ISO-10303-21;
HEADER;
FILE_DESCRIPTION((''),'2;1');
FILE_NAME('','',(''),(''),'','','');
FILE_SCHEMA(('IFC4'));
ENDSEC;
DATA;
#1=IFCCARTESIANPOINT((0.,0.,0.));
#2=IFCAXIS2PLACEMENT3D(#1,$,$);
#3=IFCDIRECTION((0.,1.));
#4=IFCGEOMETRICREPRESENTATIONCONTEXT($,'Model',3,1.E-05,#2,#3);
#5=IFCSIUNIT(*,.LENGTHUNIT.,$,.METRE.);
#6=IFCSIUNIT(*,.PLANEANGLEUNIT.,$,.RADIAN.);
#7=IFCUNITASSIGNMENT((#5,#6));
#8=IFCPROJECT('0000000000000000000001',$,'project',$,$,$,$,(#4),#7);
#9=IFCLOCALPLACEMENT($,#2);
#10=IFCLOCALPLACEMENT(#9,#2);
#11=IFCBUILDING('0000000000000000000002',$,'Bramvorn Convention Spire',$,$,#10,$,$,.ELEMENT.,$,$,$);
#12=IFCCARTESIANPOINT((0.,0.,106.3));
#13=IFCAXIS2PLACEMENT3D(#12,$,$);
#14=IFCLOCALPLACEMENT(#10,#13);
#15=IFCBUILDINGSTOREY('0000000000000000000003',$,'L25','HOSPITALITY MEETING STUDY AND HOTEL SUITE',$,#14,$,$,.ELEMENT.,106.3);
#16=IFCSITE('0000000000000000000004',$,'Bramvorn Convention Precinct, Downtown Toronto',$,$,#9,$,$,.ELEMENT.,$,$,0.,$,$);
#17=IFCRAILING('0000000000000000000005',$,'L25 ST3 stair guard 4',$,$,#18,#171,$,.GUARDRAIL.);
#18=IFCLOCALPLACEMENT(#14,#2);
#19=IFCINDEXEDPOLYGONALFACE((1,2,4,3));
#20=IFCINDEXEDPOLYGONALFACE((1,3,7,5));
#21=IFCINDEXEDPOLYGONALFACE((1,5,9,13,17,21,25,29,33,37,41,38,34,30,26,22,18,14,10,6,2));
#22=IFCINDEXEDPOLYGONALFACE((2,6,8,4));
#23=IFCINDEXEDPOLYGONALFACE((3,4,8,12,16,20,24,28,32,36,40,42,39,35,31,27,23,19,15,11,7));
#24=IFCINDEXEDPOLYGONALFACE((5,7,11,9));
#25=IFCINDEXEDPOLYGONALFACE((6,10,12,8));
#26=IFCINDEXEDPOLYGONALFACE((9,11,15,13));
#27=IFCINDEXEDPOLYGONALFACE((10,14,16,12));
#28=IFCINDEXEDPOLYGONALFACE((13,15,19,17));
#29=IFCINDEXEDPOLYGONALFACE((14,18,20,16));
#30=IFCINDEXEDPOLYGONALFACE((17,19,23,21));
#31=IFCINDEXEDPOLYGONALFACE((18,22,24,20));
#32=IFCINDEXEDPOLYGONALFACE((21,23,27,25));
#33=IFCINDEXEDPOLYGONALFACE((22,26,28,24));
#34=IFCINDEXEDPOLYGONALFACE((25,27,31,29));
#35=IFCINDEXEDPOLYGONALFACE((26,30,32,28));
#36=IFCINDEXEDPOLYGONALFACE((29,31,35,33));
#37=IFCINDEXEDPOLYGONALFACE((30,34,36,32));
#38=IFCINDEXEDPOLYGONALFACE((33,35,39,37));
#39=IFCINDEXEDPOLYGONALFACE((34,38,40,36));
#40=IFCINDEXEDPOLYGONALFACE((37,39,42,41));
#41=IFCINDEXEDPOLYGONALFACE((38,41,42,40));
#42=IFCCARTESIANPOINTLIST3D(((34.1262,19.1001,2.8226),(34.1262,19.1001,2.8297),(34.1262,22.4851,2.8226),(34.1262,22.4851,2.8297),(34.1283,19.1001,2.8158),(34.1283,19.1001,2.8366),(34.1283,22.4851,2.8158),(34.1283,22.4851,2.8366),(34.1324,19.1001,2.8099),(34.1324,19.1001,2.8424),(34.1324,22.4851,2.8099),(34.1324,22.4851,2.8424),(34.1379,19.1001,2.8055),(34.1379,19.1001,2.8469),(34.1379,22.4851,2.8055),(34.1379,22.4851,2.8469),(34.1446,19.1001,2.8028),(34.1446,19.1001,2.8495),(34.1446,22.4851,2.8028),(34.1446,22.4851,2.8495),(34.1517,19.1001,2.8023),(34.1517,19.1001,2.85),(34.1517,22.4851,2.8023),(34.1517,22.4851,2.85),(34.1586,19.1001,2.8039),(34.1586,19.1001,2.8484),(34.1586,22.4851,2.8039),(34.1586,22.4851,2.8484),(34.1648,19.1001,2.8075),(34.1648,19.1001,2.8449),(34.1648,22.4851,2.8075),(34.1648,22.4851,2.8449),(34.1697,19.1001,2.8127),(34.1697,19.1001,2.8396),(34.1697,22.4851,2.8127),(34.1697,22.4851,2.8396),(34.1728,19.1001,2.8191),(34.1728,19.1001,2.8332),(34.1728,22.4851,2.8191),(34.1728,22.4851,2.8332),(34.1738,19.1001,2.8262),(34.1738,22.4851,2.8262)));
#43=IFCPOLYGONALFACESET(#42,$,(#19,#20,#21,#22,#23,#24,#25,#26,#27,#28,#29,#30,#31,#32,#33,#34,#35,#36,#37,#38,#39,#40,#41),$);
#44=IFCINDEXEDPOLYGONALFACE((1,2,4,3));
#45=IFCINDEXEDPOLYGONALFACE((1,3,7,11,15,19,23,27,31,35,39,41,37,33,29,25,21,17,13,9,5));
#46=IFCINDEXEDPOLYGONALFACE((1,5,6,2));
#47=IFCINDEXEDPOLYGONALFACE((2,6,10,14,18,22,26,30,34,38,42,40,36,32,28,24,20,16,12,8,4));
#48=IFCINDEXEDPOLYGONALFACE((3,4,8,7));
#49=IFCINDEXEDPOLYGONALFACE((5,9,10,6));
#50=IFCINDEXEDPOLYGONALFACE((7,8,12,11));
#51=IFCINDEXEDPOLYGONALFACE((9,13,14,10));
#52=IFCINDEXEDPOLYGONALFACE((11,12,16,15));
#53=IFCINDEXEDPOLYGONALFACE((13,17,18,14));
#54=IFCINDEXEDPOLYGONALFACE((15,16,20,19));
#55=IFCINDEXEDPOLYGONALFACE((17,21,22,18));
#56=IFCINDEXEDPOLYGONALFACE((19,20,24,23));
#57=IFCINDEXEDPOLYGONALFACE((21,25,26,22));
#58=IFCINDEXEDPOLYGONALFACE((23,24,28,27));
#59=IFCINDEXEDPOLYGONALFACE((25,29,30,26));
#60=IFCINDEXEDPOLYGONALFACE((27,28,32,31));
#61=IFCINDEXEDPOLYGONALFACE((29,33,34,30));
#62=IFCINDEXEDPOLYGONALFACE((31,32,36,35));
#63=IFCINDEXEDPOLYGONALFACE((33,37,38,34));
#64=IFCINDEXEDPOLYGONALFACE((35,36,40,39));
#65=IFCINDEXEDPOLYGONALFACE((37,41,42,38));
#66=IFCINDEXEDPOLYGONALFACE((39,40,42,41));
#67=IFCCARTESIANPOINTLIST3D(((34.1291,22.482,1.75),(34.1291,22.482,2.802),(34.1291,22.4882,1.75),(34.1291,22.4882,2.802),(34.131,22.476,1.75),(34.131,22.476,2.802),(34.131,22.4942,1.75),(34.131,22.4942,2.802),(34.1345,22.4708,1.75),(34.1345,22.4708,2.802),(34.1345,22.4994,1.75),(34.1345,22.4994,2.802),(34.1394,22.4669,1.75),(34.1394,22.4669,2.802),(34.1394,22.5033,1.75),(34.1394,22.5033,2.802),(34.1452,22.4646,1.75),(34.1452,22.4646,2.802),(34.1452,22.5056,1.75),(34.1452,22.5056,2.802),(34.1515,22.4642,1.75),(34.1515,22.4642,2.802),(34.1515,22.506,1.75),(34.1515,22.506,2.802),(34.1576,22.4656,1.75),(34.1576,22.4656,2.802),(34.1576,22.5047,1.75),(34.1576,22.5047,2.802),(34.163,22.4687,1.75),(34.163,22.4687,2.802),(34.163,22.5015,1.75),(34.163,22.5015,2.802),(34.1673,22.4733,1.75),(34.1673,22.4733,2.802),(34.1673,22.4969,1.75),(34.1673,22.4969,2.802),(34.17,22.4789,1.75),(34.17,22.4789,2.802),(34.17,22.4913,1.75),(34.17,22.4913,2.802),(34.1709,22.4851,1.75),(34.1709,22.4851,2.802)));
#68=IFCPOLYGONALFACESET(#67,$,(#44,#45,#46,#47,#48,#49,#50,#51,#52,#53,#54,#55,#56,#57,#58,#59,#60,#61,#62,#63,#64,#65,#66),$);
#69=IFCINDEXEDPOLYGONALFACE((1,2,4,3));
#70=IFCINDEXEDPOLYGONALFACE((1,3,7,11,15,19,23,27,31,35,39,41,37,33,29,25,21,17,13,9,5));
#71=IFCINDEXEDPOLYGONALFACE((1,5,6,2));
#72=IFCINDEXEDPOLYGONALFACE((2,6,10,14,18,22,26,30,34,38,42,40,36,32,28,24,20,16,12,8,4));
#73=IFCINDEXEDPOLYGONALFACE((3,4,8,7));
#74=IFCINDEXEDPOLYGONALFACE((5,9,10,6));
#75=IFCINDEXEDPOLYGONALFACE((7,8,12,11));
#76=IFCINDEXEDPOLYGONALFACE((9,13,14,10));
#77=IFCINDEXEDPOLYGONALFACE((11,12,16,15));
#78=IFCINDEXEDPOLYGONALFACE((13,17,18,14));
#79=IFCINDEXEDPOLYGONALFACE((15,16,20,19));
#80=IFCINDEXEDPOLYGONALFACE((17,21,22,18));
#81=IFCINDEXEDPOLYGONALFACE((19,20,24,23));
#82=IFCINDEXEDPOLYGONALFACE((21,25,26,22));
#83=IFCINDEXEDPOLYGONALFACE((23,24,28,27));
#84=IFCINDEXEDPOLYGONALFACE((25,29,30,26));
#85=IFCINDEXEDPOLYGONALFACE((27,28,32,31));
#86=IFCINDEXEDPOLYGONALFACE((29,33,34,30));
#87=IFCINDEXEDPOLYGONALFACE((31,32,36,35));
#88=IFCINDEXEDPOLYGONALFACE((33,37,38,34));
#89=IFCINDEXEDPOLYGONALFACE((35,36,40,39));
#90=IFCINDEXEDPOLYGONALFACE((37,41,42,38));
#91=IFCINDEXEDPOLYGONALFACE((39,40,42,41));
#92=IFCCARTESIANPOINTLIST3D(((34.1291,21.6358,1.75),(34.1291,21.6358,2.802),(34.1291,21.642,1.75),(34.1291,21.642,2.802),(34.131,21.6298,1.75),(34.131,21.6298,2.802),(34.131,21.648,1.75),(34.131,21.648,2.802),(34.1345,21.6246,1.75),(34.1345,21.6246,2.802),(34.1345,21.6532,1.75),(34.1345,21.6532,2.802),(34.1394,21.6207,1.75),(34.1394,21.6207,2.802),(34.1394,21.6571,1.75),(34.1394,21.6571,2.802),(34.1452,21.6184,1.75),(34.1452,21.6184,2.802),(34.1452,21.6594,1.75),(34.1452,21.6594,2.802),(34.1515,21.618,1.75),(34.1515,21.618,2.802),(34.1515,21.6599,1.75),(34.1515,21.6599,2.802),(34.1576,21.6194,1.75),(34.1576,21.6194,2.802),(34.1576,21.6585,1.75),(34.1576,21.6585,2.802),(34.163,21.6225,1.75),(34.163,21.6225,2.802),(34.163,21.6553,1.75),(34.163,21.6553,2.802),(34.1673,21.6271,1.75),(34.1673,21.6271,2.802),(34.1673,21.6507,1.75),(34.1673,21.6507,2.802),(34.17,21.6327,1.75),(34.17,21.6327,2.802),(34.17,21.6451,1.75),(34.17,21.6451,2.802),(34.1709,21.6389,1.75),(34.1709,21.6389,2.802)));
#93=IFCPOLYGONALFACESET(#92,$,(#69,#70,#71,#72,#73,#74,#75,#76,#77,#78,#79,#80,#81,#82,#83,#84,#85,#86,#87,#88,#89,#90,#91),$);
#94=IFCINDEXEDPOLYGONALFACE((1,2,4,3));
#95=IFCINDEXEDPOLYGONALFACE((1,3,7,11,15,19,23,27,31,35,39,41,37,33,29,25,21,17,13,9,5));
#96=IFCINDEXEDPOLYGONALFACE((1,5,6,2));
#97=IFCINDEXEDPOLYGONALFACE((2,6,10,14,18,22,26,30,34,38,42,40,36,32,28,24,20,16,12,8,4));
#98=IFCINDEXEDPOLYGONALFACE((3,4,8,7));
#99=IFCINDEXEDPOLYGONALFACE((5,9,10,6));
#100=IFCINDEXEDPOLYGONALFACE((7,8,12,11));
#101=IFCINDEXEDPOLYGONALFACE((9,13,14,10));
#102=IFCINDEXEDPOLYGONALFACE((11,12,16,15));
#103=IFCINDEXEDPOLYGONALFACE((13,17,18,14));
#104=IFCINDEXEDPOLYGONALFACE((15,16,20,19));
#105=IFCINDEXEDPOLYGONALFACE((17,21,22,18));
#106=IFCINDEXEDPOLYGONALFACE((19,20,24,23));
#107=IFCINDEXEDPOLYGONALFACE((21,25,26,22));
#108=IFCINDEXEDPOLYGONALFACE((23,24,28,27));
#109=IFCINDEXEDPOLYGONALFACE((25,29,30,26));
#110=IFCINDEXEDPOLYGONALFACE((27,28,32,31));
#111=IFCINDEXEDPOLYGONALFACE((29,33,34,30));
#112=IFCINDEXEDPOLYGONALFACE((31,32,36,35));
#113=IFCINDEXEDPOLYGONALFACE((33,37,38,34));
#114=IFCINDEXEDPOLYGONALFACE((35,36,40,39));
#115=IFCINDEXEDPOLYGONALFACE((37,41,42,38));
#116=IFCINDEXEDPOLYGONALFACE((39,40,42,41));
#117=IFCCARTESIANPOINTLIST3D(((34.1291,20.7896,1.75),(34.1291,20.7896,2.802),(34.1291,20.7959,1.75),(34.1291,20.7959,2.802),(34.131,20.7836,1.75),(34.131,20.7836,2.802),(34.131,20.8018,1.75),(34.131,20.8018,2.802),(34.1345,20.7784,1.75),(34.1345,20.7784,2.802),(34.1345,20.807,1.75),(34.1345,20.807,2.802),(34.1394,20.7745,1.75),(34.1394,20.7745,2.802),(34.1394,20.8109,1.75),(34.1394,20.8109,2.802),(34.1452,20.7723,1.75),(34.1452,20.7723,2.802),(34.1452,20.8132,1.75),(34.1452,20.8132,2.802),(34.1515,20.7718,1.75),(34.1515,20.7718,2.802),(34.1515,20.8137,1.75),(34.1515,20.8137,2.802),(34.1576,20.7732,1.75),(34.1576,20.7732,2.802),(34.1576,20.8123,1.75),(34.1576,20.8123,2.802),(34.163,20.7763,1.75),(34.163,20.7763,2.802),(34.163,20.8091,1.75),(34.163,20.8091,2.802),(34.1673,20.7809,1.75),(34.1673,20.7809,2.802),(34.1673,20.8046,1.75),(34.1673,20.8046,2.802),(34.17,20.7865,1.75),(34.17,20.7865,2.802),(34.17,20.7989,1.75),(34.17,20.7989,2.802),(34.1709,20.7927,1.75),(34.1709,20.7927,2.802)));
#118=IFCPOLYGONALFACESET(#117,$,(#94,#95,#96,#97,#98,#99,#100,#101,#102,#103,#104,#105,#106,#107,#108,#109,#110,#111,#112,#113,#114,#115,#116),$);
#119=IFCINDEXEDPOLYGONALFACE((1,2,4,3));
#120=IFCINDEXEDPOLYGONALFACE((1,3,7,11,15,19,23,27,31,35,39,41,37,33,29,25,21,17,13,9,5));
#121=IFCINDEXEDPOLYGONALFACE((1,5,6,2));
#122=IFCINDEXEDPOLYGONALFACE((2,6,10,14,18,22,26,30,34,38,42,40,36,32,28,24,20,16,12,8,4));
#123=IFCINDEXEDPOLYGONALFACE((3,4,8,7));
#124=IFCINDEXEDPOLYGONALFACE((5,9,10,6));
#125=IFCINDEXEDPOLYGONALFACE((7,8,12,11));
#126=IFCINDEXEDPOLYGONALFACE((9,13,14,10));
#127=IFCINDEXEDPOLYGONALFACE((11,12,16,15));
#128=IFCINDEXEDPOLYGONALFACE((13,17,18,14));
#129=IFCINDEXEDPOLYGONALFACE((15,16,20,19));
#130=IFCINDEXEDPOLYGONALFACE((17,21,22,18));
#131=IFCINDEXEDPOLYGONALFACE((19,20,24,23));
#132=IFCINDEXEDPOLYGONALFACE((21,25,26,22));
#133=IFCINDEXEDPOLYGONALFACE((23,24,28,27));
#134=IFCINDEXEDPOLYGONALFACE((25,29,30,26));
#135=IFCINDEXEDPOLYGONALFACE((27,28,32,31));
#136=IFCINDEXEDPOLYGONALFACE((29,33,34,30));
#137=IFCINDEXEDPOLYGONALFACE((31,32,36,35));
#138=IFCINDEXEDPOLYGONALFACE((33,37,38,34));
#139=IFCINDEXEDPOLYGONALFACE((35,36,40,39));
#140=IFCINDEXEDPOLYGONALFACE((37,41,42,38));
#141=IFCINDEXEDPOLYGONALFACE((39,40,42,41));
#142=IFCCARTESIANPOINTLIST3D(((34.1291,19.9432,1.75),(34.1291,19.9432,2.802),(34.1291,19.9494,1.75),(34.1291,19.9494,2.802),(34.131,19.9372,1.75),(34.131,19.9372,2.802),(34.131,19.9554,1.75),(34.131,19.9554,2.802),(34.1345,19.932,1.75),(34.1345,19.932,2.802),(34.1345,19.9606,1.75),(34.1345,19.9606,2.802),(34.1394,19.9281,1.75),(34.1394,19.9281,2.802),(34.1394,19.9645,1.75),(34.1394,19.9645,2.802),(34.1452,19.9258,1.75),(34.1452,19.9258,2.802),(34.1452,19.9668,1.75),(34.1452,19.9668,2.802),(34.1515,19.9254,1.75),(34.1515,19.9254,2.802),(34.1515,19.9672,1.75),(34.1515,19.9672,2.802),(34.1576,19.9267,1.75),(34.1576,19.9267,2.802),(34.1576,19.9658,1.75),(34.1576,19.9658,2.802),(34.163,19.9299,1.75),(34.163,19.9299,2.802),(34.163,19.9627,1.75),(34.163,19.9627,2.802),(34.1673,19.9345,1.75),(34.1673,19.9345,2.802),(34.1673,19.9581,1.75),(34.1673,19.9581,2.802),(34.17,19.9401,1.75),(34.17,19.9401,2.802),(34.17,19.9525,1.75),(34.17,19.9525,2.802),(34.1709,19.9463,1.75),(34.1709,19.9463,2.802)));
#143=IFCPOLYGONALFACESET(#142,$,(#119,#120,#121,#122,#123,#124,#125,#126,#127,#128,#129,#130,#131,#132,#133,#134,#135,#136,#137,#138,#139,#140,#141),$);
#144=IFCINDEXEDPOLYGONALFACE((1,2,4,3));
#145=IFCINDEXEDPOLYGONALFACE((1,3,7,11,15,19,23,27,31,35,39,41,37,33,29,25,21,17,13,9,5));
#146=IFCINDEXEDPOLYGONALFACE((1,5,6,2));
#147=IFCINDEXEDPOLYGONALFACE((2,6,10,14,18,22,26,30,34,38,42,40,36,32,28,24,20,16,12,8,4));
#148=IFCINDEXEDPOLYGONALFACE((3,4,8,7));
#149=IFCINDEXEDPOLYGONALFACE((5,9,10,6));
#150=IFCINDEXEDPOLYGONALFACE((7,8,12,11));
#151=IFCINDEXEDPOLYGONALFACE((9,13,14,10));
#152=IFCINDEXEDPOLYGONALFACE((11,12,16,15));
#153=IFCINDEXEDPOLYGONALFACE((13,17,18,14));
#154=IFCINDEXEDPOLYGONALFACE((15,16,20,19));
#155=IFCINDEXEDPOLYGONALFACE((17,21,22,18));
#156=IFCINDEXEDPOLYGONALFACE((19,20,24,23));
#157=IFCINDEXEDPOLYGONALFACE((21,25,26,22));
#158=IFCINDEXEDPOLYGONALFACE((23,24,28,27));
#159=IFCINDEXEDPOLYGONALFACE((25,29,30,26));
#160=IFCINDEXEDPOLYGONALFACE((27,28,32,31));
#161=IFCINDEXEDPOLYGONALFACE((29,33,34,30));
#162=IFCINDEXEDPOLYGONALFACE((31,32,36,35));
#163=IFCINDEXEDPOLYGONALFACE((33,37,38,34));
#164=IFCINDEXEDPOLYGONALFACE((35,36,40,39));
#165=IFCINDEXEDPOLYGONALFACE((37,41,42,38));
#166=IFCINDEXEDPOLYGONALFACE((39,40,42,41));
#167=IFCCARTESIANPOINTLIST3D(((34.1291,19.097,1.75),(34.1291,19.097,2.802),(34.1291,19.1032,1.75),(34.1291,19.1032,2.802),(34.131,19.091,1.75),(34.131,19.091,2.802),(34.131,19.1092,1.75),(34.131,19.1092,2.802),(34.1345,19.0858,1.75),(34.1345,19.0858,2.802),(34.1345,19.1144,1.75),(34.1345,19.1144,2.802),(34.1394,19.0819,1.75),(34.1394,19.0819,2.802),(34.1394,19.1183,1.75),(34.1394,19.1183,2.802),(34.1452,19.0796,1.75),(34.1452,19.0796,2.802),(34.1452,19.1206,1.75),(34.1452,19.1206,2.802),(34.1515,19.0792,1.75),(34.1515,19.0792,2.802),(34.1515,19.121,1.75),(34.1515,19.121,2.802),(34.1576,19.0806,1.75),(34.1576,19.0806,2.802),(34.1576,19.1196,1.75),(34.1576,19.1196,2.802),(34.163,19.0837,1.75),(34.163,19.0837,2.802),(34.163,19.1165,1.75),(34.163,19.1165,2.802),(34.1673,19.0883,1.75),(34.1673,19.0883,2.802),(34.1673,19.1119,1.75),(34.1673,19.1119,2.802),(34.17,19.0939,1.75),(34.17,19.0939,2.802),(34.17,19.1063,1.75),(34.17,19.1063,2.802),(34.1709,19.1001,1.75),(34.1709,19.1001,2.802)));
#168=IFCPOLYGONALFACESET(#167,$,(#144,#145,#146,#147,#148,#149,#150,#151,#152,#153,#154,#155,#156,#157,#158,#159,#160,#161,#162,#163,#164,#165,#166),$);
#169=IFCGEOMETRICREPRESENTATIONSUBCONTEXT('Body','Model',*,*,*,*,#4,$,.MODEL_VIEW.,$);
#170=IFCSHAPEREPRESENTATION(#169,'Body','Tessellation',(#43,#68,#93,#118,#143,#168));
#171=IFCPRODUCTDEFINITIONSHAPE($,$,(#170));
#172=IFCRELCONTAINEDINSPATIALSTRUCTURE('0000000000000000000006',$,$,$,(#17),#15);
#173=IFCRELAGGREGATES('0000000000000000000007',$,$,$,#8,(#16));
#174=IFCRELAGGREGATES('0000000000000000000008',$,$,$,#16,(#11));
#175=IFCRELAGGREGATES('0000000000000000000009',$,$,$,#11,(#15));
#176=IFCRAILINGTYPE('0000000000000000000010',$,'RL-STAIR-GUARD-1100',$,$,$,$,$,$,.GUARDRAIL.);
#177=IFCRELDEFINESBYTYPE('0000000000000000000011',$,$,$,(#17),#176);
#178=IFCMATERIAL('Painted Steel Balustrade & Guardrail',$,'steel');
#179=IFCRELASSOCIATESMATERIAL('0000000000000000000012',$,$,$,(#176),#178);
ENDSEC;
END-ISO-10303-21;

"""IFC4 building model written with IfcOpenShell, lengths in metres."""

from ifc_helpers import new_model, si_unit, direction, frame, origin, origin_2d, place, context, subcontext, project, spatial, circle, extrude, material, type_object, element, save


model = new_model("IFC4")

# Units and contexts
model_context = context("Model", 3, precision=1e-05, world=origin(), true_north=direction((0.0, 1.0)))
body_context = subcontext(model_context, "Body", "Model", "MODEL_VIEW")
ifc_project = project(units=[si_unit("LENGTHUNIT", "METRE"), si_unit("PLANEANGLEUNIT", "RADIAN")], contexts=[model_context])

# Site, building, storey
site_placement = place(None, origin())
site = spatial("IfcSite", under=ifc_project, at=site_placement, Name="Bramvorn Convention Precinct, Downtown Toronto", CompositionType="ELEMENT", RefElevation=0.0)
building_placement = place(site_placement, origin())
building = spatial("IfcBuilding", under=site, at=building_placement, Name="Bramvorn Convention Spire", CompositionType="ELEMENT")
storey_placement = place(building_placement, frame((0.0, 0.0, 106.3)))
storey = spatial("IfcBuildingStorey", under=building, at=storey_placement, Name="L25", Description="HOSPITALITY MEETING STUDY AND HOTEL SUITE", CompositionType="ELEMENT", Elevation=106.3)

# Railing
ifc_material_1 = material(Name="Painted Steel Balustrade & Guardrail", Category="steel")
railing_type_1 = type_object("IfcRailingType", Name="RL-STAIR-GUARD-1100", PredefinedType="GUARDRAIL", material=ifc_material_1)
for number, where, name in (
    (1, (34.1499, 22.4851, 1.75), "L25 ST3 stair guard 4"),
):
    element("IfcRailing", number, at=place(storey_placement, frame(where)), inside=storey, type_object=railing_type_1, Name=name, PredefinedType="GUARDRAIL", context=body_context, shape_type="SweptSolid", body=[
        extrude(circle(Radius=0.0239, at=origin_2d()), frame((0.0, 0.0, 1.0762), z_axis=(0.0, -1.0, 0.0), x_axis=(1.0, 0.0, 0.0)), (0.0, 0.0, 1.0), 3.385),
        extrude(circle(Radius=0.021, at=origin_2d()), origin(), (0.0, 0.0, 1.0), 1.052),
        extrude(circle(Radius=0.021, at=origin_2d()), frame((0.0, -0.8462, 0.0)), (0.0, 0.0, 1.0), 1.052),
        extrude(circle(Radius=0.021, at=origin_2d()), frame((0.0, -1.6924, 0.0)), (0.0, 0.0, 1.0), 1.052),
        extrude(circle(Radius=0.021, at=origin_2d()), frame((0.0, -2.5388, 0.0)), (0.0, 0.0, 1.0), 1.052),
        extrude(circle(Radius=0.021, at=origin_2d()), frame((0.0, -3.385, 0.0)), (0.0, 0.0, 1.0), 1.052),
    ])

save(model, "model.ifc")
